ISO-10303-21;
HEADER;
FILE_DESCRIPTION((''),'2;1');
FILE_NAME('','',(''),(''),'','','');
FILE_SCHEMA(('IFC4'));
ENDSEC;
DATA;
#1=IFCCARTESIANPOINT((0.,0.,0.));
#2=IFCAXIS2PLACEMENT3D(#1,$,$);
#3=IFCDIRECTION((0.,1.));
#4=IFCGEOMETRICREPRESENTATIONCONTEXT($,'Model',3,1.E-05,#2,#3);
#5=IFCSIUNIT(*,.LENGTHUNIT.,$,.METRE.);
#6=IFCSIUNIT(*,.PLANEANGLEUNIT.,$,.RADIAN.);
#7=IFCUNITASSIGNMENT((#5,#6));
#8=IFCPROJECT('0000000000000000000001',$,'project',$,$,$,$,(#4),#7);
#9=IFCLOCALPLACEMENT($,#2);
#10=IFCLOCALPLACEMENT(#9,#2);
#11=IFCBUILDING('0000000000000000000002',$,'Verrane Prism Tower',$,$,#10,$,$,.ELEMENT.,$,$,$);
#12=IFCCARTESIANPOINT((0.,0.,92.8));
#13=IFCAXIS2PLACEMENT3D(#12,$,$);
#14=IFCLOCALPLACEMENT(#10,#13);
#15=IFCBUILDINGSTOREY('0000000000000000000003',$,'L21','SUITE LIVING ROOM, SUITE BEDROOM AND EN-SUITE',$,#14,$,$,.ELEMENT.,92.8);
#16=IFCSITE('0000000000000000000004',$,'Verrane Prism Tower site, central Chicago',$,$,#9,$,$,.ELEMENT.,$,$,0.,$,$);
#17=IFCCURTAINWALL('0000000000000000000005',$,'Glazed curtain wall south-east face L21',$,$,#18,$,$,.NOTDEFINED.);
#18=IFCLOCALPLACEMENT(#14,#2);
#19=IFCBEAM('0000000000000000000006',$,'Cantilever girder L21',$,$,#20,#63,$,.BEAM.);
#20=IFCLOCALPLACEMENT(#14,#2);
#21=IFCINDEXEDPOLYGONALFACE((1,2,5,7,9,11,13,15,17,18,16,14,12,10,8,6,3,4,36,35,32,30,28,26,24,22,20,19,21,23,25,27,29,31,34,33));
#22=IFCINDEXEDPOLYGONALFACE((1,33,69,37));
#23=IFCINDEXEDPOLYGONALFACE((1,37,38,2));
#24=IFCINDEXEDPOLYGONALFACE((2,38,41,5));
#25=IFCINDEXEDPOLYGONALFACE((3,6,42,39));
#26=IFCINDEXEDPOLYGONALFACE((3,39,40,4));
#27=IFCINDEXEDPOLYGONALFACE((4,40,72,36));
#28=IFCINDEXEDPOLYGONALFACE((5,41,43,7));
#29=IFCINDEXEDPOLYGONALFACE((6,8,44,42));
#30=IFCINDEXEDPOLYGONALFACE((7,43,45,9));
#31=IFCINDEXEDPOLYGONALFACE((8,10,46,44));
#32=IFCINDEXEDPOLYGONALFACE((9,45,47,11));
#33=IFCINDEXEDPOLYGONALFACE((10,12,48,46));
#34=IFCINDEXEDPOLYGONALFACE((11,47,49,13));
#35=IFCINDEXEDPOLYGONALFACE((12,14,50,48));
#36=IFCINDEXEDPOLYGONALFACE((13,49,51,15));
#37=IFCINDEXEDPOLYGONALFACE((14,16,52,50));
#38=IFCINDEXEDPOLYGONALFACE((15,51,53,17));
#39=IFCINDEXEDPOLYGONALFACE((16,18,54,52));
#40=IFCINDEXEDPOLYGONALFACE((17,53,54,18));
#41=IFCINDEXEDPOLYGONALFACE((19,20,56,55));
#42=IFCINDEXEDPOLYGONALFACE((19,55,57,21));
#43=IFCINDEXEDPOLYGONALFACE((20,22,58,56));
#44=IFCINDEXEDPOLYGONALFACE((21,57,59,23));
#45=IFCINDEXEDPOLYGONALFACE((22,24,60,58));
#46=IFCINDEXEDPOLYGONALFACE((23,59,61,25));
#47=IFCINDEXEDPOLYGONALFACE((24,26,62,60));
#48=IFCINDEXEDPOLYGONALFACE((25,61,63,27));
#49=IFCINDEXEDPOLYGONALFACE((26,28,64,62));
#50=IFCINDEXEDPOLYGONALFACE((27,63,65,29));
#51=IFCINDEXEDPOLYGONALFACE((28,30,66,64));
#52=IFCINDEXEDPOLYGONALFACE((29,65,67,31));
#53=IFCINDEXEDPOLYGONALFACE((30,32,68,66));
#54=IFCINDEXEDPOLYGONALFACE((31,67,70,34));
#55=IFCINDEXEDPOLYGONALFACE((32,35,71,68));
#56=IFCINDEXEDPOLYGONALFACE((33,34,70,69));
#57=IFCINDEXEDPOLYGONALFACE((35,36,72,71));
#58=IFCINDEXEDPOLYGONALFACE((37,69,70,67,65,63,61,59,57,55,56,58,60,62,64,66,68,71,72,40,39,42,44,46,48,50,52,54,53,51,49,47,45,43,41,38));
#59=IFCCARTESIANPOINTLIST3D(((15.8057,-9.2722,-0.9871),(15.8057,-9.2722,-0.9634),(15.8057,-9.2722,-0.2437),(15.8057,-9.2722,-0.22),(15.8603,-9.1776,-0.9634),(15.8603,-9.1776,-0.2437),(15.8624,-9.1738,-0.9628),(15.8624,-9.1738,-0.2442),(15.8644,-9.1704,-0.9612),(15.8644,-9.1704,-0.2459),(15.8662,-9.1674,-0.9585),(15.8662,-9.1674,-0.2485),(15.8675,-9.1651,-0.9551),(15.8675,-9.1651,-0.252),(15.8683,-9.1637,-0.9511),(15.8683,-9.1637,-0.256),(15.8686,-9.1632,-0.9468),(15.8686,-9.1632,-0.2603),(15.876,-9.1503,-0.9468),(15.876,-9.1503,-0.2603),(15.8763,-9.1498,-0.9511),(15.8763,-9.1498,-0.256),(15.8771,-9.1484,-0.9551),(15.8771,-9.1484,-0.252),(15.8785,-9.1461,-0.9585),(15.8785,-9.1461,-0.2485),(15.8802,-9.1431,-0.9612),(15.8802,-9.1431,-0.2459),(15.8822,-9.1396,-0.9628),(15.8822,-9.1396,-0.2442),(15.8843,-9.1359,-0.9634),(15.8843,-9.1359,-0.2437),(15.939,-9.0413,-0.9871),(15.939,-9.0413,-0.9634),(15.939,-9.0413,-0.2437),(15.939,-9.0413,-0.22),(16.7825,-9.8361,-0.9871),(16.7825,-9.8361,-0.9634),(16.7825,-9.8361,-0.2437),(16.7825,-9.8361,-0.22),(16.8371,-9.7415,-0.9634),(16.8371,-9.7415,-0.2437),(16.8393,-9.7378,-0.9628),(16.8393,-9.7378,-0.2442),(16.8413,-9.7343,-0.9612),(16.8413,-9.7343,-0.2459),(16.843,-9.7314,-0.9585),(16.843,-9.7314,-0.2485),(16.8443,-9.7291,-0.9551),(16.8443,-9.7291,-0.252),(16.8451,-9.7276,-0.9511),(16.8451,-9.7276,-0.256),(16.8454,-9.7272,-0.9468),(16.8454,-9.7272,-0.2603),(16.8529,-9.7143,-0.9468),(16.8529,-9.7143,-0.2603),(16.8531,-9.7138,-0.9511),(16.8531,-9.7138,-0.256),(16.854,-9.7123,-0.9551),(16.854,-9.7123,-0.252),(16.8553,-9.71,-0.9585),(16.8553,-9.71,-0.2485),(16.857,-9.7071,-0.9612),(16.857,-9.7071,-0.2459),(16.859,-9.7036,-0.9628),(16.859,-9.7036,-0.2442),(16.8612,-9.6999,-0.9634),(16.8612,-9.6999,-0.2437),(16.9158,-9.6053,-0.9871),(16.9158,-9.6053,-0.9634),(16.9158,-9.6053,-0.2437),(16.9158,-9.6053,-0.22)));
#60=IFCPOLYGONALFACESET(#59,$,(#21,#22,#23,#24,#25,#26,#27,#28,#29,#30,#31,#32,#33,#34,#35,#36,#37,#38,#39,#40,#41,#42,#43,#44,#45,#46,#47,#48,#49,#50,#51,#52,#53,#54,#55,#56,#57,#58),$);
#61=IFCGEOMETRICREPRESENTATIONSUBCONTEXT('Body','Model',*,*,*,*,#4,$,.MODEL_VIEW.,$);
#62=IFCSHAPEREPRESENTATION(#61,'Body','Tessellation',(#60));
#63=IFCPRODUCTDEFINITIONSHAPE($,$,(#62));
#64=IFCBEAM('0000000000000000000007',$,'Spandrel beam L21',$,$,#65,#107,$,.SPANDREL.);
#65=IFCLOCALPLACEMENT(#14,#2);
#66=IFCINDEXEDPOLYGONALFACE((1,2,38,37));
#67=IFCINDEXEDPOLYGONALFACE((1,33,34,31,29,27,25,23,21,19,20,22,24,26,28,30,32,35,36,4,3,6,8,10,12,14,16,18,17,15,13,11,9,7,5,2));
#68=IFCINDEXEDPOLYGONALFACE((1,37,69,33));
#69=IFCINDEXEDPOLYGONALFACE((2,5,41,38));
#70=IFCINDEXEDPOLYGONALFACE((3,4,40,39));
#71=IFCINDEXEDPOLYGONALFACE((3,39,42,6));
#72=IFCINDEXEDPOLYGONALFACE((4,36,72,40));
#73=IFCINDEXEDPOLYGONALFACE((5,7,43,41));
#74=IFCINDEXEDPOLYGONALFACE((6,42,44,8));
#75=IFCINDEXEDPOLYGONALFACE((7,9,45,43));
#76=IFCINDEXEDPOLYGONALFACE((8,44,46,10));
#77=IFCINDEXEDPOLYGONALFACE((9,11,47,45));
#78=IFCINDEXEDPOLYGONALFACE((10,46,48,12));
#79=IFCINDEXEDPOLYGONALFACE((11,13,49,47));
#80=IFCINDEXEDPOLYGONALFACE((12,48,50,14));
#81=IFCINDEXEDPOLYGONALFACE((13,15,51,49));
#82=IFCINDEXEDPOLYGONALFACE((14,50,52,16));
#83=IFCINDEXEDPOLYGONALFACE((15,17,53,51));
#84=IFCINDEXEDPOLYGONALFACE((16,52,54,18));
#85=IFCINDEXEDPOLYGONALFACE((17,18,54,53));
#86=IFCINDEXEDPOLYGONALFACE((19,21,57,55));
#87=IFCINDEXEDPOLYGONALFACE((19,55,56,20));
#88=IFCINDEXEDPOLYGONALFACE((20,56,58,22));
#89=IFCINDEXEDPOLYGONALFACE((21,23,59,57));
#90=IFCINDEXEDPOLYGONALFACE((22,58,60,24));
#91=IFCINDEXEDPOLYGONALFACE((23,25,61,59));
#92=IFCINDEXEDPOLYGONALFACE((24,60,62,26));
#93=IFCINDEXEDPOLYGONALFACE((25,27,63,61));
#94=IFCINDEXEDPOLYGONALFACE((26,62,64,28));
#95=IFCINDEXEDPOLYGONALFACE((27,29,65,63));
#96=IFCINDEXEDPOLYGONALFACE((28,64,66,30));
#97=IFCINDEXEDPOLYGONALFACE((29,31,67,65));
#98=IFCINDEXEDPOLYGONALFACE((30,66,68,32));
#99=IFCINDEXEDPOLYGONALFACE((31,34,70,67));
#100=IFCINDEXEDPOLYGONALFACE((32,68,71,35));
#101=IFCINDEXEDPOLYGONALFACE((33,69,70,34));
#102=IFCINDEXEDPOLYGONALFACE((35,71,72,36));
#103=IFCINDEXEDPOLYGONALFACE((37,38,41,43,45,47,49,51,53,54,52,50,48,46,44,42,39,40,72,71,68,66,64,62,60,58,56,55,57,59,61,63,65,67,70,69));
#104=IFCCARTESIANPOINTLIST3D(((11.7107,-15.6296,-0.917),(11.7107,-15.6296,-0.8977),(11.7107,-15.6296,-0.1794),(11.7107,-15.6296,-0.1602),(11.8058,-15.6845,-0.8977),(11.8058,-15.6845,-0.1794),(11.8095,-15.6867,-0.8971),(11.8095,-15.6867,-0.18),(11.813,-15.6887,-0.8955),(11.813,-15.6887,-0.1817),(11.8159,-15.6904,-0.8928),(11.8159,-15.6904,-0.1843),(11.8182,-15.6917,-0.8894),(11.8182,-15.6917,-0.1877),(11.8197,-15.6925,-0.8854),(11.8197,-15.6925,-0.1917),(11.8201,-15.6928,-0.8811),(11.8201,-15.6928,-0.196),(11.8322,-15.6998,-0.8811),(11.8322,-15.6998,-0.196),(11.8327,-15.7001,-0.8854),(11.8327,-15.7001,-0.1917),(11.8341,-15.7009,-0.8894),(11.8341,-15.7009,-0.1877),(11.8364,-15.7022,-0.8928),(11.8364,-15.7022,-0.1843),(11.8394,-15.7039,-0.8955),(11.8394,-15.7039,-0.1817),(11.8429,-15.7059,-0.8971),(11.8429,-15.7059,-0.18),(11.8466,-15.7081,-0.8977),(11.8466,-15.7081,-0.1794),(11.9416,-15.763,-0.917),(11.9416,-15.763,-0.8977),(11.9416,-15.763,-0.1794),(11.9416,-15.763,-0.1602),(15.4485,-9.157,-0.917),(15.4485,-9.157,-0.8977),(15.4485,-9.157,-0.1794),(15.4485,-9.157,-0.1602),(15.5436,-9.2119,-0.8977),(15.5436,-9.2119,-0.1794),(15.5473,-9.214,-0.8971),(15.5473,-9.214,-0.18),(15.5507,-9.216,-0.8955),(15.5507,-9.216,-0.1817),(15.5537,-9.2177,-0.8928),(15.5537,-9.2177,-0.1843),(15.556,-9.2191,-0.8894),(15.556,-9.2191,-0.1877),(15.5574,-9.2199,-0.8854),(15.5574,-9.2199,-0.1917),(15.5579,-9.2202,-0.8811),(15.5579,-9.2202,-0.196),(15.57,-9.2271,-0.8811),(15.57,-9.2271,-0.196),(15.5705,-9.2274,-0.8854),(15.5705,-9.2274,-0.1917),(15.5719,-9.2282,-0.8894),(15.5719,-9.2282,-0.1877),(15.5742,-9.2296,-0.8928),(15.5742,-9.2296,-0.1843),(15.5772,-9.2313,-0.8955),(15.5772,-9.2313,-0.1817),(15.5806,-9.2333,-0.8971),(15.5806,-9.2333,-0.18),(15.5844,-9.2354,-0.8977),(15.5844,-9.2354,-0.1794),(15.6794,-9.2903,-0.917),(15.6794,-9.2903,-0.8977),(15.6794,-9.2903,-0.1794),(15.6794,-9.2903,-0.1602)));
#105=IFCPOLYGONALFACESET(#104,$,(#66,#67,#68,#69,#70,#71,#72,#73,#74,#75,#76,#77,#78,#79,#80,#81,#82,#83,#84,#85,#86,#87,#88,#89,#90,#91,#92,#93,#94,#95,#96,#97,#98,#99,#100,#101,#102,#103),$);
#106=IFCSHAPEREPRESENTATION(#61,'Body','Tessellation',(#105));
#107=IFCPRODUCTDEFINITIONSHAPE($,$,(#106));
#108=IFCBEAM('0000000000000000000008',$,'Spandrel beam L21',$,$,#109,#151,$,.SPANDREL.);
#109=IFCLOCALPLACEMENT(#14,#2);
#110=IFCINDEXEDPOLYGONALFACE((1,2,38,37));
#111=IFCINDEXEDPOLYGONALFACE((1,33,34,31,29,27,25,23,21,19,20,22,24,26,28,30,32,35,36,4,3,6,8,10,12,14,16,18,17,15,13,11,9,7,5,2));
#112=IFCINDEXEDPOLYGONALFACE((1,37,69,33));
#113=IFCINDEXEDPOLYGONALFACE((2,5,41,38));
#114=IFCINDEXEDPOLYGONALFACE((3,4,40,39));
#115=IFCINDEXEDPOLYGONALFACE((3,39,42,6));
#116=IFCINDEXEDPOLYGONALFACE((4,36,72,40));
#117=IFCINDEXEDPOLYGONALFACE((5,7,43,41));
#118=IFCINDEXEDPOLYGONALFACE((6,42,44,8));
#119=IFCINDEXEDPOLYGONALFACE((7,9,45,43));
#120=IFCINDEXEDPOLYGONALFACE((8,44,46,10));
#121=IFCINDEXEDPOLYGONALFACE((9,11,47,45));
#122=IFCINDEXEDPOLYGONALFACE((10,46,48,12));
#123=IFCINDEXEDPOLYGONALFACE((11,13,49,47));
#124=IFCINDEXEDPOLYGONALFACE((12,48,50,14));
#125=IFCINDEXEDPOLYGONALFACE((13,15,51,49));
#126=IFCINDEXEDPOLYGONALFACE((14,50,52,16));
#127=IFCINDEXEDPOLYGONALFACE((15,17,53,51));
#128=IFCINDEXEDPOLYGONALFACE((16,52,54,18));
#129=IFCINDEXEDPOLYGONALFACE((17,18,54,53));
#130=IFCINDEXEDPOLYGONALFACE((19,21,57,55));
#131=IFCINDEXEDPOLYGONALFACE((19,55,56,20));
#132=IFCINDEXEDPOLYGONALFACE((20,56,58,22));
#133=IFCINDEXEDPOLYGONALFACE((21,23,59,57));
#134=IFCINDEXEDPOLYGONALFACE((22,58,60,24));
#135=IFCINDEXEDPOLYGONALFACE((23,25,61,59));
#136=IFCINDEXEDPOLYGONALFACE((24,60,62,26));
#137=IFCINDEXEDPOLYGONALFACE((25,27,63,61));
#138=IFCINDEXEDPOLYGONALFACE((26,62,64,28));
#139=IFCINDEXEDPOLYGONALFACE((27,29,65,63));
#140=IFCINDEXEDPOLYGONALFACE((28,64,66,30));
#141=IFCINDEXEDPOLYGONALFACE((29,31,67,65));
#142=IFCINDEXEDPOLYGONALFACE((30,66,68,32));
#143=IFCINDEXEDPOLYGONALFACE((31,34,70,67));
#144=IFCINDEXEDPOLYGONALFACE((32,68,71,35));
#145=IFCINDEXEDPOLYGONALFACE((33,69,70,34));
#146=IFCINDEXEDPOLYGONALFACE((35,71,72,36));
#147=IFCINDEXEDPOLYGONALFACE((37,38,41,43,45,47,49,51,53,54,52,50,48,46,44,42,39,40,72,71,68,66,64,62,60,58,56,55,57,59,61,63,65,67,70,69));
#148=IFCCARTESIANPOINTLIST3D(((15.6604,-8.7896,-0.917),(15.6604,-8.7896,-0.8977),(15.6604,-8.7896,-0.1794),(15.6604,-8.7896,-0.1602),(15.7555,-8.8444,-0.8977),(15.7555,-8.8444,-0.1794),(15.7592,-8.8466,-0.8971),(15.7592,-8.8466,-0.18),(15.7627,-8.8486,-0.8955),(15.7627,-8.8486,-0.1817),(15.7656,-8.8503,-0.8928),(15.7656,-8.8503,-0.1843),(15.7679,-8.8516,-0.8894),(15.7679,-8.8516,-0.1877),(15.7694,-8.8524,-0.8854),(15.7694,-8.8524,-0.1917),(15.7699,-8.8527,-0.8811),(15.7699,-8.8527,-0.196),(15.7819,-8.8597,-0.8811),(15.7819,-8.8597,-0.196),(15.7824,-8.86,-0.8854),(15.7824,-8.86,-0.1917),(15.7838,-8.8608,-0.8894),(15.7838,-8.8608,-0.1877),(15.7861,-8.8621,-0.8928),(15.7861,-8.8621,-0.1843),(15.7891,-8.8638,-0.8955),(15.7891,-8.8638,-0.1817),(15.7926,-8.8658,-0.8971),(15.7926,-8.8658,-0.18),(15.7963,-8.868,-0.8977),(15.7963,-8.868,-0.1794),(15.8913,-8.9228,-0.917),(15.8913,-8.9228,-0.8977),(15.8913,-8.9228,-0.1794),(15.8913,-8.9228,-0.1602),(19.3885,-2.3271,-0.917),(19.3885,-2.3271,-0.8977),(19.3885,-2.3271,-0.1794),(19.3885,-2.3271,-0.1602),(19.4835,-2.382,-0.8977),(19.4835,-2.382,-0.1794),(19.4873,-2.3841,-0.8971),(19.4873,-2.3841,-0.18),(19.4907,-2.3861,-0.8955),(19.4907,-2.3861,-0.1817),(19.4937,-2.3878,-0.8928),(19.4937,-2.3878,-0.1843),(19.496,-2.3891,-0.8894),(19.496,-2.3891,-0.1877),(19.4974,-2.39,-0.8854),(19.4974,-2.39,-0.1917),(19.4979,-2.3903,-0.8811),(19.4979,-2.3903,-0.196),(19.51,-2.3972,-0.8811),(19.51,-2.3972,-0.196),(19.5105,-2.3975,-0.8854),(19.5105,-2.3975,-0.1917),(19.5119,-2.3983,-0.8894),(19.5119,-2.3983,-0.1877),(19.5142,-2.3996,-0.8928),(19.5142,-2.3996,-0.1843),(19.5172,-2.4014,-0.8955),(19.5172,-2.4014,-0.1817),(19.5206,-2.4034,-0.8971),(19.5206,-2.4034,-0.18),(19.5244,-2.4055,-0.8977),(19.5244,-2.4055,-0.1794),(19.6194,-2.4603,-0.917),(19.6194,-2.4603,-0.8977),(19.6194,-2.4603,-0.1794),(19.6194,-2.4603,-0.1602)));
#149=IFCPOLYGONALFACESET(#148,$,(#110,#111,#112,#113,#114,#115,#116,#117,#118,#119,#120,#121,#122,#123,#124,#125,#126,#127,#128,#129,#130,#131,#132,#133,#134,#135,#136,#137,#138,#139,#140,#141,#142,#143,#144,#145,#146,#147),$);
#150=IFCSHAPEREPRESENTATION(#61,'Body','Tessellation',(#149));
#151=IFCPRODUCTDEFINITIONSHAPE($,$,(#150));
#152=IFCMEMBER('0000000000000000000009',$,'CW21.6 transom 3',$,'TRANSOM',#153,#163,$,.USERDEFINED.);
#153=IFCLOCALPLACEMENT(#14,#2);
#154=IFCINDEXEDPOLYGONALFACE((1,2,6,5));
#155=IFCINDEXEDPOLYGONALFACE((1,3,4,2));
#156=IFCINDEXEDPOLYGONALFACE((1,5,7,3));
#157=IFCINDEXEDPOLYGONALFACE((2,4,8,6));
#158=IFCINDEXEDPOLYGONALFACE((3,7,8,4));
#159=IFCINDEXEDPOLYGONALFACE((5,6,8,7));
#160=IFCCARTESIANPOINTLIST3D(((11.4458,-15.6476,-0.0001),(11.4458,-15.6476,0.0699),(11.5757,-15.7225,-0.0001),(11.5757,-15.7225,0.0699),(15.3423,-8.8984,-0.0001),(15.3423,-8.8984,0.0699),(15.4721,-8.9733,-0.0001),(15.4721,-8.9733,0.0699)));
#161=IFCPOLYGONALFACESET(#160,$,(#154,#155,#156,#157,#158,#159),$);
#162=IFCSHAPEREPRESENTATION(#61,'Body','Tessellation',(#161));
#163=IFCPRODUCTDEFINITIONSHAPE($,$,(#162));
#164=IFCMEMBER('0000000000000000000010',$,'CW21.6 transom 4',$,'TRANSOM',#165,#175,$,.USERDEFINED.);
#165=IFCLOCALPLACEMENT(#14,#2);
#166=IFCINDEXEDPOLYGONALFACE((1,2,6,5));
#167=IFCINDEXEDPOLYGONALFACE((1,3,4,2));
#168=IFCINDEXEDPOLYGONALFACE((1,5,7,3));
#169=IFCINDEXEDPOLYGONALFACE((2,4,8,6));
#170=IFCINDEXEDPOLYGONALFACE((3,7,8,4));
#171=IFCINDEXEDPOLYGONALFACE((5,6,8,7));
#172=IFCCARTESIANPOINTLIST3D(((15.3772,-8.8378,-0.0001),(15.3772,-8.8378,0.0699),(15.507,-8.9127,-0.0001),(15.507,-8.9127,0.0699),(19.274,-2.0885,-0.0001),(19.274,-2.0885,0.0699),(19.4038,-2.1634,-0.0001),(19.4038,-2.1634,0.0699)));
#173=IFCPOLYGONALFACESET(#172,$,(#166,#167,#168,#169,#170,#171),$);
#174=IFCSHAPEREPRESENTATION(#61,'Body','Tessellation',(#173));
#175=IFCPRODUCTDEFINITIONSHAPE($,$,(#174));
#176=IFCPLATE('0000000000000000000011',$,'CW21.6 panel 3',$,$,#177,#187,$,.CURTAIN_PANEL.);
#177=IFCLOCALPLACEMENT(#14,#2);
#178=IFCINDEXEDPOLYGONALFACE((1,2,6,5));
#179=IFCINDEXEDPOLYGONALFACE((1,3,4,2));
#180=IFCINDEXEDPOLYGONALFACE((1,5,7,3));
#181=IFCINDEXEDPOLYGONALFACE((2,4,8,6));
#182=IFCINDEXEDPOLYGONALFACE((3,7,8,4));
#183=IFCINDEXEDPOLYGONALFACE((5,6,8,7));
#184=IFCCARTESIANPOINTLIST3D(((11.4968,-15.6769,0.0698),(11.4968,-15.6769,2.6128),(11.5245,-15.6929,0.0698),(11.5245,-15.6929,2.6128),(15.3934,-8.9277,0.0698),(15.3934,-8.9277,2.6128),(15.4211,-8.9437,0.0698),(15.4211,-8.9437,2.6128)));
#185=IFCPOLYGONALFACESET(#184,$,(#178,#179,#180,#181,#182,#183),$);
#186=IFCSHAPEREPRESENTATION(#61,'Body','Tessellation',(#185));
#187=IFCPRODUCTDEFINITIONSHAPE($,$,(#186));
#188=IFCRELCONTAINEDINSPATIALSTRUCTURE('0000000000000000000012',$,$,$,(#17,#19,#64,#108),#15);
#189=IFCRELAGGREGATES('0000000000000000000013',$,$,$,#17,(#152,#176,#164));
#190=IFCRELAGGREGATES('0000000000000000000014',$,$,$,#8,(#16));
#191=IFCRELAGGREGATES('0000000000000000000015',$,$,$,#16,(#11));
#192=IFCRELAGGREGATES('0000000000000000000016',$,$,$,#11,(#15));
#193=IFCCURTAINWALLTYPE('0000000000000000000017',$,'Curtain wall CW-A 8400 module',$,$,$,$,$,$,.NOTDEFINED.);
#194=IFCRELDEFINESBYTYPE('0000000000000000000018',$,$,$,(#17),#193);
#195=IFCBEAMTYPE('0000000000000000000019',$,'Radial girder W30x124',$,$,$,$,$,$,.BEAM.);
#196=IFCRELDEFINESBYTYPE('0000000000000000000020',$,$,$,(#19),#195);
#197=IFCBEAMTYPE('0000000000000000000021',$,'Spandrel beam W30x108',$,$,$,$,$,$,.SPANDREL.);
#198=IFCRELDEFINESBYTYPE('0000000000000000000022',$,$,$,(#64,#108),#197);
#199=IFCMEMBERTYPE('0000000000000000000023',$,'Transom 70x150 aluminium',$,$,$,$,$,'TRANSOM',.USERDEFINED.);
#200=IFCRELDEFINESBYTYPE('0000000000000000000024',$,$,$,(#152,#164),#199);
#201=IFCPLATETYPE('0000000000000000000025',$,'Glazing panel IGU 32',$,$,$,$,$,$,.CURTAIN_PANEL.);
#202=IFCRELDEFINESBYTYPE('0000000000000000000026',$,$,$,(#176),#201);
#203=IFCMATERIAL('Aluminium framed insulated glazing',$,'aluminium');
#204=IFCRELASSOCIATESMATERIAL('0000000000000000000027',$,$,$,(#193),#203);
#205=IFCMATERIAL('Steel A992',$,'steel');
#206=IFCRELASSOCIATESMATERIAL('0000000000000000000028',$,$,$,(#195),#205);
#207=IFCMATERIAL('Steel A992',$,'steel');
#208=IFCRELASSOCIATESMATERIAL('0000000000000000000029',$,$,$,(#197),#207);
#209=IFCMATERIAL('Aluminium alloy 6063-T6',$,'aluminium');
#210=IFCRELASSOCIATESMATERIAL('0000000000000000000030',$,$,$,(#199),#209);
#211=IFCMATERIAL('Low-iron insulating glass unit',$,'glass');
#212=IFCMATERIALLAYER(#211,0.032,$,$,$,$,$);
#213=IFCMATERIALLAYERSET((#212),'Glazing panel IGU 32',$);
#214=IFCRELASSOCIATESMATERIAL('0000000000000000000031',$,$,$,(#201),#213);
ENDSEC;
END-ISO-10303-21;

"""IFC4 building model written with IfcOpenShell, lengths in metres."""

from ifc_helpers import new_model, si_unit, direction, frame, origin, origin_2d, place, context, subcontext, project, spatial, rectangle, i_section, extrude, material, layer, layer_set, material_profile, profile_set, type_object, element, aggregate, save


model = new_model("IFC4")

# Units and contexts
model_context = context("Model", 3, precision=1e-05, world=origin(), true_north=direction((0.0, 1.0)))
body_context = subcontext(model_context, "Body", "Model", "MODEL_VIEW")
ifc_project = project(units=[si_unit("LENGTHUNIT", "METRE"), si_unit("PLANEANGLEUNIT", "RADIAN")], contexts=[model_context])

# Site, building, storey
site_placement = place(None, origin())
site = spatial("IfcSite", under=ifc_project, at=site_placement, Name="Verrane Prism Tower site, central Chicago", CompositionType="ELEMENT", RefElevation=0.0)
building_placement = place(site_placement, origin())
building = spatial("IfcBuilding", under=site, at=building_placement, Name="Verrane Prism Tower", CompositionType="ELEMENT")
storey_placement = place(building_placement, frame((0.0, 0.0, 92.8)))
storey = spatial("IfcBuildingStorey", under=building, at=storey_placement, Name="L21", Description="SUITE LIVING ROOM, SUITE BEDROOM AND EN-SUITE", CompositionType="ELEMENT", Elevation=92.8)

# Curtain wall
ifc_material_1 = material(Name="Aluminium framed insulated glazing", Category="aluminium")
curtain_wall_type = type_object("IfcCurtainWallType", Name="Curtain wall CW-A 8400 module", PredefinedType="NOTDEFINED", material=ifc_material_1)
curtain_wall_placement = place(storey_placement, origin())
curtain_wall = element("IfcCurtainWall", 1, at=curtain_wall_placement, inside=storey, type_object=curtain_wall_type, Name="Glazed curtain wall south-east face L21", PredefinedType="NOTDEFINED")

# Beams
ifc_material_2 = material(Name="Steel A992", Category="steel")
ifc_material_profile_1 = material_profile(ifc_material_2, i_section(OverallWidth=0.2666, OverallDepth=0.7671, WebThickness=0.0149, FlangeThickness=0.0237, FilletRadius=0.0166, at=origin_2d()), Name="W30x124")
ifc_profile_set_1 = profile_set([ifc_material_profile_1], Name="Steel A992")
beam_type_1 = type_object("IfcBeamType", Name="Radial girder W30x124", PredefinedType="BEAM", material=ifc_profile_set_1)
beam_1_placement = place(storey_placement, frame((15.8723, -9.1567, -0.6035), z_axis=(0.866023, -0.500004, 0.0), x_axis=(0.500004, 0.866023, 0.0)))
element("IfcBeam", 2, at=beam_1_placement, inside=storey, type_object=beam_type_1, Name="Cantilever girder L21", PredefinedType="BEAM", context=body_context, shape_type="SweptSolid", body=[
    extrude(i_section(OverallWidth=0.2666, OverallDepth=0.7671, WebThickness=0.0149, FlangeThickness=0.0237, FilletRadius=0.0166, at=origin_2d()), origin(), (0.0, 0.0, 1.0), 1.1279),
])
ifc_material_3 = material(Name="Steel A992", Category="steel")
ifc_material_profile_2 = material_profile(ifc_material_3, i_section(OverallWidth=0.2666, OverallDepth=0.7568, WebThickness=0.0139, FlangeThickness=0.0193, FilletRadius=0.0166, at=origin_2d()), Name="W30x108")
ifc_profile_set_2 = profile_set([ifc_material_profile_2], Name="Steel A992")
beam_type_2 = type_object("IfcBeamType", Name="Spandrel beam W30x108", PredefinedType="SPANDREL", material=ifc_profile_set_2)
beam_2_placement = place(storey_placement, frame((11.8262, -15.6963, -0.5386), z_axis=(0.500081, 0.865979, 0.0), x_axis=(-0.865979, 0.500081, 0.0)))
element("IfcBeam", 3, at=beam_2_placement, inside=storey, type_object=beam_type_2, Name="Spandrel beam L21", PredefinedType="SPANDREL", context=body_context, shape_type="SweptSolid", body=[
    extrude(i_section(OverallWidth=0.2666, OverallDepth=0.7568, WebThickness=0.0139, FlangeThickness=0.0193, FilletRadius=0.0166, at=origin_2d()), origin(), (0.0, 0.0, 1.0), 7.4744),
])
beam_3_placement = place(storey_placement, frame((15.7759, -8.8562, -0.5386), z_axis=(0.499694, 0.866202, 0.0), x_axis=(-0.866202, 0.499694, 0.0)))
element("IfcBeam", 4, at=beam_3_placement, inside=storey, type_object=beam_type_2, Name="Spandrel beam L21", PredefinedType="SPANDREL", context=body_context, shape_type="SweptSolid", body=[
    extrude(i_section(OverallWidth=0.2666, OverallDepth=0.7568, WebThickness=0.0139, FlangeThickness=0.0193, FilletRadius=0.0166, at=origin_2d()), origin(), (0.0, 0.0, 1.0), 7.4607),
])

# Members
ifc_material_4 = material(Name="Aluminium alloy 6063-T6", Category="aluminium")
ifc_material_profile_3 = material_profile(ifc_material_4, rectangle(XDim=0.1499, YDim=0.0701, at=origin_2d()), Name="Transom 70x150 aluminium")
ifc_profile_set_3 = profile_set([ifc_material_profile_3], Name="Aluminium alloy 6063-T6")
member_type_1 = type_object("IfcMemberType", Name="Transom 70x150 aluminium", ElementType="TRANSOM", PredefinedType="USERDEFINED", material=ifc_profile_set_3)
member_1_placement = place(storey_placement, frame((11.5107, -15.6851, 0.0349), z_axis=(0.49998, 0.866037, 0.0), x_axis=(-0.866037, 0.49998, 0.0)))
member_1 = element("IfcMember", 5, at=member_1_placement, type_object=member_type_1, Name="CW21.6 transom 3", ObjectType="TRANSOM", PredefinedType="USERDEFINED", context=body_context, shape_type="SweptSolid", body=[
    extrude(rectangle(XDim=0.1499, YDim=0.0701, at=origin_2d()), origin(), (0.0, 0.0, 1.0), 7.7932),
])
member_2_placement = place(storey_placement, frame((15.4421, -8.8752, 0.0349), z_axis=(0.500004, 0.866023, 0.0), x_axis=(-0.866023, 0.500004, 0.0)))
member_2 = element("IfcMember", 6, at=member_2_placement, type_object=member_type_1, Name="CW21.6 transom 4", ObjectType="TRANSOM", PredefinedType="USERDEFINED", context=body_context, shape_type="SweptSolid", body=[
    extrude(rectangle(XDim=0.1499, YDim=0.0701, at=origin_2d()), origin(), (0.0, 0.0, 1.0), 7.7935),
])

# Plate
ifc_material_5 = material(Name="Low-iron insulating glass unit", Category="glass")
ifc_layer_1 = layer(ifc_material_5, 0.032)
ifc_layer_set_1 = layer_set([ifc_layer_1], Name="Glazing panel IGU 32")
plate_type = type_object("IfcPlateType", Name="Glazing panel IGU 32", PredefinedType="CURTAIN_PANEL", material=ifc_layer_set_1)
plate_placement = place(storey_placement, frame((13.459, -12.3103, 0.0698), z_axis=(0.0, 0.0, 1.0), x_axis=(0.5, 0.866026, 0.0)))
plate = element("IfcPlate", 7, at=plate_placement, type_object=plate_type, Name="CW21.6 panel 3", PredefinedType="CURTAIN_PANEL", context=body_context, shape_type="SweptSolid", body=[
    extrude(rectangle(XDim=7.7932, YDim=0.032, at=origin_2d()), origin(), (0.0, 0.0, 1.0), 2.543),
])
aggregate(curtain_wall, [member_1, plate, member_2])

save(model, "model.ifc")
